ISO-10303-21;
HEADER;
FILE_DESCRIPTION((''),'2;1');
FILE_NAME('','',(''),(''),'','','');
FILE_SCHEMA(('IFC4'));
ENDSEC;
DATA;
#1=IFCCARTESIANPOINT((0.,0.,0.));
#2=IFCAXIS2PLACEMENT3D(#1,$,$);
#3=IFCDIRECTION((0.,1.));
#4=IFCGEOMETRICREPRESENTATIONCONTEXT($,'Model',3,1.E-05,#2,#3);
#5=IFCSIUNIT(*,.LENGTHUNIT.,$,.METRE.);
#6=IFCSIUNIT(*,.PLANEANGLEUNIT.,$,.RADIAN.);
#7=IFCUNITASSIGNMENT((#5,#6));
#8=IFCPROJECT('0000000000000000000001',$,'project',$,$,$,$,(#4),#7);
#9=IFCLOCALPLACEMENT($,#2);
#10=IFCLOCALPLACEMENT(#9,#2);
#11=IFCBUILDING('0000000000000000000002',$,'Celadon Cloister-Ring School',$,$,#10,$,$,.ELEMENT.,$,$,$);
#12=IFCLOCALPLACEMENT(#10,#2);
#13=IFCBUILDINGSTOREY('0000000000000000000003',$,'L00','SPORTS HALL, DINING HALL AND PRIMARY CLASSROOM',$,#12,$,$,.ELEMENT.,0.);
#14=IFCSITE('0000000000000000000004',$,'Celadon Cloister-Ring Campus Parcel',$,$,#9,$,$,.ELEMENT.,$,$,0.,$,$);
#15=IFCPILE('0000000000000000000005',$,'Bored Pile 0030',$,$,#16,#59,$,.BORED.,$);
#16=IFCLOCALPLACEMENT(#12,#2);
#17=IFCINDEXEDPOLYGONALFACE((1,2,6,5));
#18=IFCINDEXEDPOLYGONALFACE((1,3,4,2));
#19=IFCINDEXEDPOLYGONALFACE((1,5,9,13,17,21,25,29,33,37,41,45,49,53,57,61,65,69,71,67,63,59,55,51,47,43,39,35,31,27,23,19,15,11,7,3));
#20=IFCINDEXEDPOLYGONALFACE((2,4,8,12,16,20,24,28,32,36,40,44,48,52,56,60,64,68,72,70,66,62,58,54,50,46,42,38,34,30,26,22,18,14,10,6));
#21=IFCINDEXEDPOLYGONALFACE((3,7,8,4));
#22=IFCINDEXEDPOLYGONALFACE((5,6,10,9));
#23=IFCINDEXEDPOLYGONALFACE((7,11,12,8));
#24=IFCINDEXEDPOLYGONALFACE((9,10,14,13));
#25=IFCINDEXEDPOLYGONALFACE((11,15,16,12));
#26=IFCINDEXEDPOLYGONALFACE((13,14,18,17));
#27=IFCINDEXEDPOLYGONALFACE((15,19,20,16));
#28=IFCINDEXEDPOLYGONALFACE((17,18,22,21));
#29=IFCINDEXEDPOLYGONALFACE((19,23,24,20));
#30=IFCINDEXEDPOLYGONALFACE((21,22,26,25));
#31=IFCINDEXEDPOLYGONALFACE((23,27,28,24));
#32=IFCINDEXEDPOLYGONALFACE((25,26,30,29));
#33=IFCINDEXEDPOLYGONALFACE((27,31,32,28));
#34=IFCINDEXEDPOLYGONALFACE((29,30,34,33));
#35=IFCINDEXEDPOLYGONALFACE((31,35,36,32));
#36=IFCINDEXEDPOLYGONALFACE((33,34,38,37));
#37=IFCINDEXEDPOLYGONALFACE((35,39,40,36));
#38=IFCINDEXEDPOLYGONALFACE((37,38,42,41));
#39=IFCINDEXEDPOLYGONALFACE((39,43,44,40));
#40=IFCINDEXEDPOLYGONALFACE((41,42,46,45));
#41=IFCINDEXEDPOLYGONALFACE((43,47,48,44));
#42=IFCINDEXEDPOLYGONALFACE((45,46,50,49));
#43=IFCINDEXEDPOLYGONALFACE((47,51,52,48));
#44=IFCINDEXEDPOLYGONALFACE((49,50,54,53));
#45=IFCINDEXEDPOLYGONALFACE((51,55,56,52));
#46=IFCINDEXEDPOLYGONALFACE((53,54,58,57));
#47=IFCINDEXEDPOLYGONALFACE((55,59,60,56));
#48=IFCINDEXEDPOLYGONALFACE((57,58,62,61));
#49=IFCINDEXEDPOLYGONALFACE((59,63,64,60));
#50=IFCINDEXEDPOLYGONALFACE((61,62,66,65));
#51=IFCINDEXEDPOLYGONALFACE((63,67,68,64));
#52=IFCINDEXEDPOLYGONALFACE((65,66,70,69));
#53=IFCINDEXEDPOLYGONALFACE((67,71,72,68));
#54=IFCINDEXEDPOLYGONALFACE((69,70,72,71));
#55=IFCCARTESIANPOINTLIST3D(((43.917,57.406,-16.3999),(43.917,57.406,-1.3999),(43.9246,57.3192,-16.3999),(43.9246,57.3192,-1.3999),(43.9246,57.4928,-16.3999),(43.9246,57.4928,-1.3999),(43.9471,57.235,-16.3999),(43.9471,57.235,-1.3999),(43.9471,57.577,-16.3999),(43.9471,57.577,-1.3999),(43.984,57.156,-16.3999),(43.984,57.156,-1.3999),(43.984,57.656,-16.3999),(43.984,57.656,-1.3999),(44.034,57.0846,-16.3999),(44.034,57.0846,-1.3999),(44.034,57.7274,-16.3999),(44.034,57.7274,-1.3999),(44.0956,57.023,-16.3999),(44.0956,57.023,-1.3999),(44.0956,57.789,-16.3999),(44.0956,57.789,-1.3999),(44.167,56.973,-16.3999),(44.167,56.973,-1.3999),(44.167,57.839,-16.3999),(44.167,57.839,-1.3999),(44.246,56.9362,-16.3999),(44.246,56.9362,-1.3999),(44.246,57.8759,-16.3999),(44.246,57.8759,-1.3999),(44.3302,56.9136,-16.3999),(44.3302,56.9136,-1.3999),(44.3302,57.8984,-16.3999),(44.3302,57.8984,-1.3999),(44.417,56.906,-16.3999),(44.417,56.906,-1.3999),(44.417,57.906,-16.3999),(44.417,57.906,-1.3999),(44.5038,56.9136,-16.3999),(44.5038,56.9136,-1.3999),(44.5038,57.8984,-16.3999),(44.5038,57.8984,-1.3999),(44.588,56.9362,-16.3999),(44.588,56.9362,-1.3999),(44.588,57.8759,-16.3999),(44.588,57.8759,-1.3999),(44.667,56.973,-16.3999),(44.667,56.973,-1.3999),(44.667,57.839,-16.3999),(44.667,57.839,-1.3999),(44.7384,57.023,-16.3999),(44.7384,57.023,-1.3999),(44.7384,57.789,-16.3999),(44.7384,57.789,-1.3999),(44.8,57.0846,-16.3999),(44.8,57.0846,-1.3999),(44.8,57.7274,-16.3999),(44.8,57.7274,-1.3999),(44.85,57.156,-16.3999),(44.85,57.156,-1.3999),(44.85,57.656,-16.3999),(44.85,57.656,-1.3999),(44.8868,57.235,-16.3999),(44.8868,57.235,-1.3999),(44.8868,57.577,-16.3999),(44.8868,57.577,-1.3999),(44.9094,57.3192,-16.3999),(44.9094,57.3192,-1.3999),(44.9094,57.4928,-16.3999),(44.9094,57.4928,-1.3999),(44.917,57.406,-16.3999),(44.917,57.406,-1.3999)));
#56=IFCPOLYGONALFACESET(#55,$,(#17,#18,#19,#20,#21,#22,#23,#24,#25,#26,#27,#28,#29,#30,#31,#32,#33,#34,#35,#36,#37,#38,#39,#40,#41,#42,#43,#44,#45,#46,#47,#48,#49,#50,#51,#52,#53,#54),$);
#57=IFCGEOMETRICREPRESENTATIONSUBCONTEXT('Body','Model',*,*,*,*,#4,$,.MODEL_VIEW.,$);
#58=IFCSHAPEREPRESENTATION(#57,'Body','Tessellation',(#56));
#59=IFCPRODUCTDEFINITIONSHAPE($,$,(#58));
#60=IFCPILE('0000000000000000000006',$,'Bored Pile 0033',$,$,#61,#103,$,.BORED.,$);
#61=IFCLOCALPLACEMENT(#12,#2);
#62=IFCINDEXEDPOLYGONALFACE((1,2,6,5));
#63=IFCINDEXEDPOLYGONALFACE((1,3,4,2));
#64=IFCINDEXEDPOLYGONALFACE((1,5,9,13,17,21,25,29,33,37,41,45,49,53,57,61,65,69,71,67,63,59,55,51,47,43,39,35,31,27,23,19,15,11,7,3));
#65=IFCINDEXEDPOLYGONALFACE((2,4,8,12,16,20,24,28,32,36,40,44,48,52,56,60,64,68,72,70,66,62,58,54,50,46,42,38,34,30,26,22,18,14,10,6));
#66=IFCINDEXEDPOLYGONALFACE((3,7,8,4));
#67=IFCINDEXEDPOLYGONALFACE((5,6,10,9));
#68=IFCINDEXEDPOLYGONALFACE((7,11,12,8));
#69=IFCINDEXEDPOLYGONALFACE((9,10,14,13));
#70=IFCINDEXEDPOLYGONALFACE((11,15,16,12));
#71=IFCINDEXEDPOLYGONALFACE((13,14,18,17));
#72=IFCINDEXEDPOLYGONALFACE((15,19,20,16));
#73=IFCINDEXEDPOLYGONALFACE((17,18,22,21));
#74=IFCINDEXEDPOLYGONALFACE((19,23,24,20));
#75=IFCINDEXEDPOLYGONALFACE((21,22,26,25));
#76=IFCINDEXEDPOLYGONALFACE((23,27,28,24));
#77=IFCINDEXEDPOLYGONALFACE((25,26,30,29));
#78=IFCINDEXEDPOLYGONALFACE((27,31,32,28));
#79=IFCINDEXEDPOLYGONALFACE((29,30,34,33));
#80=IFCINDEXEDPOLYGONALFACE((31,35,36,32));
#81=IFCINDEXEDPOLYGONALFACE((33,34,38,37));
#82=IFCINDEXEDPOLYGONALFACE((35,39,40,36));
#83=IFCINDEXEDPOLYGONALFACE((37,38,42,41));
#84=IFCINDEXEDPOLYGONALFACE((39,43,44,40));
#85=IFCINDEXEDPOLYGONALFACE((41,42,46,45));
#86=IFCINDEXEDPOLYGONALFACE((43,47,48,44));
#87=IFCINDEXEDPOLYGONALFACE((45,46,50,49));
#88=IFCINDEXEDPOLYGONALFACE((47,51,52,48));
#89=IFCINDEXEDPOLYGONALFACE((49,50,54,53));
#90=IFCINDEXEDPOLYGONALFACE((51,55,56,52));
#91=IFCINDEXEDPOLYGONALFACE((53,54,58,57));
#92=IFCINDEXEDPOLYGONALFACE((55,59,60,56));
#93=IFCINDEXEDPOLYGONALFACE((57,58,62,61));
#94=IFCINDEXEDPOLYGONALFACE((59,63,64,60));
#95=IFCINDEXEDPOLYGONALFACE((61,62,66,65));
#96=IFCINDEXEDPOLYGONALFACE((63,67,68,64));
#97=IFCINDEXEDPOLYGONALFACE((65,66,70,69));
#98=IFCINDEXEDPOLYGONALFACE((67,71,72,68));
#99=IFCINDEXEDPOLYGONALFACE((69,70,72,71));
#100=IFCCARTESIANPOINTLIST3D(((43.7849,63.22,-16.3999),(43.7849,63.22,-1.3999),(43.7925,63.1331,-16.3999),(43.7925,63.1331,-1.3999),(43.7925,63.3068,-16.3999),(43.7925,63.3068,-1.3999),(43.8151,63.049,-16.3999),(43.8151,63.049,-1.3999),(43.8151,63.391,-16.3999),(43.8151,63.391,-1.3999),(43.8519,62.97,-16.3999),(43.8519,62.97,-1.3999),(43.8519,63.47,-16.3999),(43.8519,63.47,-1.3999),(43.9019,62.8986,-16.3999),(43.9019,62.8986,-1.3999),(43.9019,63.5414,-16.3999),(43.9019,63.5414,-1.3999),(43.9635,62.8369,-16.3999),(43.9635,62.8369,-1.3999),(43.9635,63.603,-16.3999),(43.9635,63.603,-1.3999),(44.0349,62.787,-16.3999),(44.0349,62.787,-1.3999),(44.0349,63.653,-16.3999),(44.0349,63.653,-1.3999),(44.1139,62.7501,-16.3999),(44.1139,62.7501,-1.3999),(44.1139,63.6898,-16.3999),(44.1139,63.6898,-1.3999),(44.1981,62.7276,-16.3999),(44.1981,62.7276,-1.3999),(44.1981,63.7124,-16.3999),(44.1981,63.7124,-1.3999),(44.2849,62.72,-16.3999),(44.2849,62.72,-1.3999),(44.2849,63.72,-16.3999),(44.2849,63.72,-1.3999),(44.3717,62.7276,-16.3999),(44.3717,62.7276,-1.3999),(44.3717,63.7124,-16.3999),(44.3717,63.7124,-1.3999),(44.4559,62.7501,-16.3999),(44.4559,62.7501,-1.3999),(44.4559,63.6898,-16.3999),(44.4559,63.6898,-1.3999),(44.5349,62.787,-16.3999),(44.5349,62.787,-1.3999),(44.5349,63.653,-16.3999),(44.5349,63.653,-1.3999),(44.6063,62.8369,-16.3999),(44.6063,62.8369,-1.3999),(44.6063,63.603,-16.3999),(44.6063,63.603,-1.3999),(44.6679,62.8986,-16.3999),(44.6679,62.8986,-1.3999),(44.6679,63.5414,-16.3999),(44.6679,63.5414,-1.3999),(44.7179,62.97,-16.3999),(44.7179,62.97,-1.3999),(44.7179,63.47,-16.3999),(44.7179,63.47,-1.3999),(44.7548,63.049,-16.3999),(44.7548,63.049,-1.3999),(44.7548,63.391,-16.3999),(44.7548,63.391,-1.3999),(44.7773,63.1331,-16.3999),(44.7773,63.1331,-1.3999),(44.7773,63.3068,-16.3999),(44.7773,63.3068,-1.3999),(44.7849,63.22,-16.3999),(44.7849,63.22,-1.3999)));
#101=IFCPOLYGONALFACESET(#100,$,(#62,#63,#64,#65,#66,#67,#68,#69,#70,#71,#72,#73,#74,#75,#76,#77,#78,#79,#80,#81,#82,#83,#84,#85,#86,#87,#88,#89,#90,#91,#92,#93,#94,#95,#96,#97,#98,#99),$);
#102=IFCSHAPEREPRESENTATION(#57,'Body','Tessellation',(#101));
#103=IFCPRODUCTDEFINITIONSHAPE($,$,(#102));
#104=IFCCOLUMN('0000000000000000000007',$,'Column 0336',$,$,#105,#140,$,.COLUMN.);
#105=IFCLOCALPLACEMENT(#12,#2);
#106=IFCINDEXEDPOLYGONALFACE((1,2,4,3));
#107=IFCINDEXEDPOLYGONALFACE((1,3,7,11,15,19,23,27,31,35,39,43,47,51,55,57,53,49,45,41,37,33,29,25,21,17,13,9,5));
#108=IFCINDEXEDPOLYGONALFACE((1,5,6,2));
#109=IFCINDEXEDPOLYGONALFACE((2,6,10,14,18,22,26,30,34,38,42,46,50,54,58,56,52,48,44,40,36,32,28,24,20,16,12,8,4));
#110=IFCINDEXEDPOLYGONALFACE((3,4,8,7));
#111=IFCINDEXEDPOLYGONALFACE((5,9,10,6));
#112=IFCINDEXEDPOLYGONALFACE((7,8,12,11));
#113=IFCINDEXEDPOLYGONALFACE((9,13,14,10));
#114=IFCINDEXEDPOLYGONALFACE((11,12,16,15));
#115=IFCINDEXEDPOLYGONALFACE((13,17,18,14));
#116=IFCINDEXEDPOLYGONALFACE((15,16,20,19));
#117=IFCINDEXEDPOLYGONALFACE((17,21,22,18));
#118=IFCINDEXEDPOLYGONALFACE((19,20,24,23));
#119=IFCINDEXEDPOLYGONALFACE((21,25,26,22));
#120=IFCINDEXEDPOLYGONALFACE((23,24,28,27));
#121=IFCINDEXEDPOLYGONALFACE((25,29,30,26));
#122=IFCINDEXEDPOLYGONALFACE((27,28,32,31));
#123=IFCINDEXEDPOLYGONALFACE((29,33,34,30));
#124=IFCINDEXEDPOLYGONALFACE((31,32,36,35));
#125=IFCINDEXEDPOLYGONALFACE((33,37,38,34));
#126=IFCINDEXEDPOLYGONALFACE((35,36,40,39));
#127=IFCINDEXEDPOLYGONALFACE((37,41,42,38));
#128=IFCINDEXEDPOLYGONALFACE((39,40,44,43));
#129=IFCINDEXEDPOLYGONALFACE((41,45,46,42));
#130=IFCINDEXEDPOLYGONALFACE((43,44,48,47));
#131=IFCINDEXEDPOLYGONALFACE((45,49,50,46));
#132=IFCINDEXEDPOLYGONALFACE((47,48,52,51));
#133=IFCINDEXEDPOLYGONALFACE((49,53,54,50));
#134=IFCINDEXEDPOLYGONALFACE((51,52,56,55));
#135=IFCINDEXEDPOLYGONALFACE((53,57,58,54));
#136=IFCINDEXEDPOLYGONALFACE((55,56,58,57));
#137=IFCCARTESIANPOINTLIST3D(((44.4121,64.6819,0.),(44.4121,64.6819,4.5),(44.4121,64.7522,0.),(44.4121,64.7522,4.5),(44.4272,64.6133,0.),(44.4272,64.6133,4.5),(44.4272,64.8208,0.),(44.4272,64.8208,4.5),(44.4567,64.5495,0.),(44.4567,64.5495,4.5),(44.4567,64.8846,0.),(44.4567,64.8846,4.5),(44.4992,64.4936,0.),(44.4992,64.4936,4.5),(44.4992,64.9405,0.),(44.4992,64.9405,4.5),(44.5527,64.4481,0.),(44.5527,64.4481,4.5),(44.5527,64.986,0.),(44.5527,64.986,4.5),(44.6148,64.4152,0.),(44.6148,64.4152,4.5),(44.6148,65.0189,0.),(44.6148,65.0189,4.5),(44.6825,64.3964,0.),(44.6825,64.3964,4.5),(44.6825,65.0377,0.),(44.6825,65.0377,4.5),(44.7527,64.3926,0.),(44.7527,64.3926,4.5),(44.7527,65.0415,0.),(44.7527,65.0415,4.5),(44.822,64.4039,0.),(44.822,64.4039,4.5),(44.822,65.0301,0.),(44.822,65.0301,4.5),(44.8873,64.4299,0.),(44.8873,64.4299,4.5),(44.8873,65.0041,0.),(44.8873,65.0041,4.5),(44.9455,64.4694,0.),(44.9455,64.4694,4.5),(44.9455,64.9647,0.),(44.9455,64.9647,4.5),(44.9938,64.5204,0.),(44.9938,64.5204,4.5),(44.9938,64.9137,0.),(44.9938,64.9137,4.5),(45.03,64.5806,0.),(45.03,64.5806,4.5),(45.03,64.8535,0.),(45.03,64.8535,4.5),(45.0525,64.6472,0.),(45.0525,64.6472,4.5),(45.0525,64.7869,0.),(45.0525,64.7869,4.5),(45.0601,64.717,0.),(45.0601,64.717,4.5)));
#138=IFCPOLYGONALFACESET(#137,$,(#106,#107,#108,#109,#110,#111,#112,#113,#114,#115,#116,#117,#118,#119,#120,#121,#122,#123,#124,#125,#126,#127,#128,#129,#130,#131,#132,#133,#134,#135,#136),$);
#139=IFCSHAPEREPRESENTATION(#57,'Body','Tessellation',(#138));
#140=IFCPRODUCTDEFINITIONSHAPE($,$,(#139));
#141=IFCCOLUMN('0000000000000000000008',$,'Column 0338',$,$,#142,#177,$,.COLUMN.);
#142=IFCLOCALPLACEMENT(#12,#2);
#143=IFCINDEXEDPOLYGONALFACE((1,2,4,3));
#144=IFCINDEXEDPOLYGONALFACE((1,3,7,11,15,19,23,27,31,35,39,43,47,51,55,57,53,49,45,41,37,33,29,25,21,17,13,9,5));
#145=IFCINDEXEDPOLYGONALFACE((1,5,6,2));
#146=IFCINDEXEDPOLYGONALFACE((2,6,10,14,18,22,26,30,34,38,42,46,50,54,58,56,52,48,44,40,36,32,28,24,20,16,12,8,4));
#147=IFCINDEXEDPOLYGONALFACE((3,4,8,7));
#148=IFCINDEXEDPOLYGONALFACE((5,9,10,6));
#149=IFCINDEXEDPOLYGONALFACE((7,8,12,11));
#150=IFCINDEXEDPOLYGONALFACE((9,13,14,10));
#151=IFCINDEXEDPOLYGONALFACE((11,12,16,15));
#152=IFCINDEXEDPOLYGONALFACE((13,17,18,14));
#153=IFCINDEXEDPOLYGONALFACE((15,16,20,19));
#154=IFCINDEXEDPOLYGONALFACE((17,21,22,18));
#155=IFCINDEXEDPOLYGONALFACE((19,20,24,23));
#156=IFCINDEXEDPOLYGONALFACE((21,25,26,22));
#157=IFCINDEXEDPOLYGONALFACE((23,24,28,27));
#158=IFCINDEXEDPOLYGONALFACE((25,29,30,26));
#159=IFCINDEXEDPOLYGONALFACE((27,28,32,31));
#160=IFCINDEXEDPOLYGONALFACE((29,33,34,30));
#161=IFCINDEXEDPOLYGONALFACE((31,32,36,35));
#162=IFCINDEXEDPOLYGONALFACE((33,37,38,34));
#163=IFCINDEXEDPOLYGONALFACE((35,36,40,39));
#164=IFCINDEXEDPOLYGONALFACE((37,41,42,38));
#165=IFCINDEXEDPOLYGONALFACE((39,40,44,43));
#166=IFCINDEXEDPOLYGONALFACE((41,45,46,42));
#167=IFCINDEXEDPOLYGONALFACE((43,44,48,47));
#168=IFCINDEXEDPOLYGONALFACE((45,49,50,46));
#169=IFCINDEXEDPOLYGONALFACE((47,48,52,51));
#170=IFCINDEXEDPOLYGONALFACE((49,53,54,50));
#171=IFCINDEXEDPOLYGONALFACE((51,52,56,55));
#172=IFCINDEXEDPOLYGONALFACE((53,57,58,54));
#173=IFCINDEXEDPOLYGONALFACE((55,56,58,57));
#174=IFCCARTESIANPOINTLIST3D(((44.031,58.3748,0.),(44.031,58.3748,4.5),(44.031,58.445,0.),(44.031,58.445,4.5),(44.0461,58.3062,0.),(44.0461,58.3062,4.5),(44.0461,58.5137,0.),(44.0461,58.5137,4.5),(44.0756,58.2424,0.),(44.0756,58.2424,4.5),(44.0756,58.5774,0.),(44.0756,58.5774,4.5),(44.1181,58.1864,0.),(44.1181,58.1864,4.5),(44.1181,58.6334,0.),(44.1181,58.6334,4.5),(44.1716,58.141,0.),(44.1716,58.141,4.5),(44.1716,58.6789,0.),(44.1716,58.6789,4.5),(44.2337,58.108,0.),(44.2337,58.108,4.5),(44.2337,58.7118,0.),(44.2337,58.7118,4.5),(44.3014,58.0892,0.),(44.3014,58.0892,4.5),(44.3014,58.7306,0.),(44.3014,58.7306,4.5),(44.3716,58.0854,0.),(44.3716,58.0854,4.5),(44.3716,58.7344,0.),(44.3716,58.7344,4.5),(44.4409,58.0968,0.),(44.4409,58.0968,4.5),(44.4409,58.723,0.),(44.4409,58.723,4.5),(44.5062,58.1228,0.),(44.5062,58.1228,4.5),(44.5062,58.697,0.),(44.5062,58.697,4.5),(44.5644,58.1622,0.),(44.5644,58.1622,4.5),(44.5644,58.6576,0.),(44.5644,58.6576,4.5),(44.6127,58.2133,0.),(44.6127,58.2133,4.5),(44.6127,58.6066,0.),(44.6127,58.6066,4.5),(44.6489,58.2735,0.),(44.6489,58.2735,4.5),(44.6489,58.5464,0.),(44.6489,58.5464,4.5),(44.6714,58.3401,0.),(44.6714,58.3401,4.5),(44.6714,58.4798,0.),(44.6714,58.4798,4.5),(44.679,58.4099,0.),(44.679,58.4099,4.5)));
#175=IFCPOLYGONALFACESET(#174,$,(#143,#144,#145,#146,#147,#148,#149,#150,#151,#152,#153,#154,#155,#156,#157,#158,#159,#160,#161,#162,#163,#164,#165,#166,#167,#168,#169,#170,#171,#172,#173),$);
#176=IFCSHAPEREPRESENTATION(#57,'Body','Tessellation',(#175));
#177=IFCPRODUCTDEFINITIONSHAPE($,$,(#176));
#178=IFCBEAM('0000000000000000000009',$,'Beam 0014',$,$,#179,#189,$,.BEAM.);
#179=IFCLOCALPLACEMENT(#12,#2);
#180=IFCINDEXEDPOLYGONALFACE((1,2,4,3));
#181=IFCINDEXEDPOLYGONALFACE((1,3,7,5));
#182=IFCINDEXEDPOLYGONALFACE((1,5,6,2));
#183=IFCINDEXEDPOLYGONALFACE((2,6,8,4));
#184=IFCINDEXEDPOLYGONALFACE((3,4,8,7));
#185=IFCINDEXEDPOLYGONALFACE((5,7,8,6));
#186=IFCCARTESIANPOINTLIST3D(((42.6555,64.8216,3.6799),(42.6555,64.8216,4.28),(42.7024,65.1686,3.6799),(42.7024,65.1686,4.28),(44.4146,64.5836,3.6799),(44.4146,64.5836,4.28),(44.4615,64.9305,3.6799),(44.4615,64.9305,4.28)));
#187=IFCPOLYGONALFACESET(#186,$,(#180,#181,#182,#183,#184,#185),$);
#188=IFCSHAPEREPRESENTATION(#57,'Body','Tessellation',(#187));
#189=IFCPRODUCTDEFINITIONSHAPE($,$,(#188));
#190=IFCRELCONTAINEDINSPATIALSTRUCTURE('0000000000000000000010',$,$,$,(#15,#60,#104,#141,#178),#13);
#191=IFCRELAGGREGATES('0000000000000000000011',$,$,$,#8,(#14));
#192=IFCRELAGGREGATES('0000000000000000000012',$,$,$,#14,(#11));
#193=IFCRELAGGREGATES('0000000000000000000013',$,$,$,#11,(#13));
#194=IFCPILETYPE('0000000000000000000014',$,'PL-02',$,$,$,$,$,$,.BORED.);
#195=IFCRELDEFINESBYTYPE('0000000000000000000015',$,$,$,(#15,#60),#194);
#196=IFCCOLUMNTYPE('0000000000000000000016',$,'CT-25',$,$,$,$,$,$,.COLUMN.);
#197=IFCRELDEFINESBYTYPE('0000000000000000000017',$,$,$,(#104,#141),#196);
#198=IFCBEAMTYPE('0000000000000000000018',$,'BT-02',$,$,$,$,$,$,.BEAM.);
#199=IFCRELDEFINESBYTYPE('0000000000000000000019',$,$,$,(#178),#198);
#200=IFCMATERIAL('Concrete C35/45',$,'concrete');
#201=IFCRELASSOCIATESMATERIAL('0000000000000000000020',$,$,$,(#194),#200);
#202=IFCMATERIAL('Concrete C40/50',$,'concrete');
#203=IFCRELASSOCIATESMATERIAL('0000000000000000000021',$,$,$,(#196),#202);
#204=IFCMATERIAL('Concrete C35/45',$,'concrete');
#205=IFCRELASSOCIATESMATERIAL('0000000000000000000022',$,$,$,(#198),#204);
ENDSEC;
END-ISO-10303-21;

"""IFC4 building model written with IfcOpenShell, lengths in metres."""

from ifc_helpers import new_model, si_unit, direction, frame, origin, origin_2d, place, context, subcontext, project, spatial, rectangle, circle, extrude, material, material_profile, profile_set, type_object, element, save


model = new_model("IFC4")

# Units and contexts
model_context = context("Model", 3, precision=1e-05, world=origin(), true_north=direction((0.0, 1.0)))
body_context = subcontext(model_context, "Body", "Model", "MODEL_VIEW")
ifc_project = project(units=[si_unit("LENGTHUNIT", "METRE"), si_unit("PLANEANGLEUNIT", "RADIAN")], contexts=[model_context])

# Site, building, storey
site_placement = place(None, origin())
site = spatial("IfcSite", under=ifc_project, at=site_placement, Name="Celadon Cloister-Ring Campus Parcel", CompositionType="ELEMENT", RefElevation=0.0)
building_placement = place(site_placement, origin())
building = spatial("IfcBuilding", under=site, at=building_placement, Name="Celadon Cloister-Ring School", CompositionType="ELEMENT")
storey_placement = place(building_placement, origin())
storey = spatial("IfcBuildingStorey", under=building, at=storey_placement, Name="L00", Description="SPORTS HALL, DINING HALL AND PRIMARY CLASSROOM", CompositionType="ELEMENT", Elevation=0.0)

# Piles
ifc_material_1 = material(Name="Concrete C35/45", Category="concrete")
ifc_material_profile_1 = material_profile(ifc_material_1, circle(Radius=0.5, at=origin_2d()), Name="PILE1000")
ifc_profile_set_1 = profile_set([ifc_material_profile_1], Name="Concrete C35/45")
pile_type = type_object("IfcPileType", Name="PL-02", PredefinedType="BORED", material=ifc_profile_set_1)
for number, where, z_axis, x_axis, name in (
    (1, (44.417, 57.406, -1.3999), (0.0, 0.0, -1.0), (1.0, 0.0, 0.0), "Bored Pile 0030"),
    (2, (44.2849, 63.22, -1.3999), (0.0, 0.0, -1.0), (1.0, 0.0, 0.0), "Bored Pile 0033"),
):
    element("IfcPile", number, at=place(storey_placement, frame(where, z_axis=z_axis, x_axis=x_axis)), inside=storey, type_object=pile_type, Name=name, PredefinedType="BORED", context=body_context, shape_type="SweptSolid", body=[
        extrude(circle(Radius=0.5, at=origin_2d()), origin(), (0.0, 0.0, 1.0), 15.0),
    ])

# Columns
ifc_material_2 = material(Name="Concrete C40/50", Category="concrete")
ifc_material_profile_2 = material_profile(ifc_material_2, circle(Radius=0.325, at=origin_2d()), Name="CIRC650")
ifc_profile_set_2 = profile_set([ifc_material_profile_2], Name="Concrete C40/50")
column_type = type_object("IfcColumnType", Name="CT-25", PredefinedType="COLUMN", material=ifc_profile_set_2)
for number, where, z_axis, x_axis, name in (
    (3, (44.7351, 64.717, 0.0), (0.0, 0.0, 1.0), (1.0, 0.0, 0.0), "Column 0336"),
    (4, (44.354, 58.4099, 0.0), (0.0, 0.0, 1.0), (1.0, 0.0, 0.0), "Column 0338"),
):
    element("IfcColumn", number, at=place(storey_placement, frame(where, z_axis=z_axis, x_axis=x_axis)), inside=storey, type_object=column_type, Name=name, PredefinedType="COLUMN", context=body_context, shape_type="SweptSolid", body=[
        extrude(circle(Radius=0.325, at=origin_2d()), origin(), (0.0, 0.0, 1.0), 4.5),
    ])

# Beam
ifc_material_3 = material(Name="Concrete C35/45", Category="concrete")
ifc_material_profile_3 = material_profile(ifc_material_3, rectangle(XDim=0.3501, YDim=0.6001, at=origin_2d()), Name="RC350X600")
ifc_profile_set_3 = profile_set([ifc_material_profile_3], Name="Concrete C35/45")
beam_type_1 = type_object("IfcBeamType", Name="BT-02", PredefinedType="BEAM", material=ifc_profile_set_3)
beam_1_placement = place(storey_placement, frame((42.679, 64.9951, 3.98), z_axis=(0.990968, -0.1341, 0.0), x_axis=(0.1341, 0.990968, 0.0)))
element("IfcBeam", 5, at=beam_1_placement, inside=storey, type_object=beam_type_1, Name="Beam 0014", PredefinedType="BEAM", context=body_context, shape_type="SweptSolid", body=[
    extrude(rectangle(XDim=0.3501, YDim=0.6001, at=origin_2d()), origin(), (0.0, 0.0, 1.0), 1.7751),
])

save(model, "model.ifc")
